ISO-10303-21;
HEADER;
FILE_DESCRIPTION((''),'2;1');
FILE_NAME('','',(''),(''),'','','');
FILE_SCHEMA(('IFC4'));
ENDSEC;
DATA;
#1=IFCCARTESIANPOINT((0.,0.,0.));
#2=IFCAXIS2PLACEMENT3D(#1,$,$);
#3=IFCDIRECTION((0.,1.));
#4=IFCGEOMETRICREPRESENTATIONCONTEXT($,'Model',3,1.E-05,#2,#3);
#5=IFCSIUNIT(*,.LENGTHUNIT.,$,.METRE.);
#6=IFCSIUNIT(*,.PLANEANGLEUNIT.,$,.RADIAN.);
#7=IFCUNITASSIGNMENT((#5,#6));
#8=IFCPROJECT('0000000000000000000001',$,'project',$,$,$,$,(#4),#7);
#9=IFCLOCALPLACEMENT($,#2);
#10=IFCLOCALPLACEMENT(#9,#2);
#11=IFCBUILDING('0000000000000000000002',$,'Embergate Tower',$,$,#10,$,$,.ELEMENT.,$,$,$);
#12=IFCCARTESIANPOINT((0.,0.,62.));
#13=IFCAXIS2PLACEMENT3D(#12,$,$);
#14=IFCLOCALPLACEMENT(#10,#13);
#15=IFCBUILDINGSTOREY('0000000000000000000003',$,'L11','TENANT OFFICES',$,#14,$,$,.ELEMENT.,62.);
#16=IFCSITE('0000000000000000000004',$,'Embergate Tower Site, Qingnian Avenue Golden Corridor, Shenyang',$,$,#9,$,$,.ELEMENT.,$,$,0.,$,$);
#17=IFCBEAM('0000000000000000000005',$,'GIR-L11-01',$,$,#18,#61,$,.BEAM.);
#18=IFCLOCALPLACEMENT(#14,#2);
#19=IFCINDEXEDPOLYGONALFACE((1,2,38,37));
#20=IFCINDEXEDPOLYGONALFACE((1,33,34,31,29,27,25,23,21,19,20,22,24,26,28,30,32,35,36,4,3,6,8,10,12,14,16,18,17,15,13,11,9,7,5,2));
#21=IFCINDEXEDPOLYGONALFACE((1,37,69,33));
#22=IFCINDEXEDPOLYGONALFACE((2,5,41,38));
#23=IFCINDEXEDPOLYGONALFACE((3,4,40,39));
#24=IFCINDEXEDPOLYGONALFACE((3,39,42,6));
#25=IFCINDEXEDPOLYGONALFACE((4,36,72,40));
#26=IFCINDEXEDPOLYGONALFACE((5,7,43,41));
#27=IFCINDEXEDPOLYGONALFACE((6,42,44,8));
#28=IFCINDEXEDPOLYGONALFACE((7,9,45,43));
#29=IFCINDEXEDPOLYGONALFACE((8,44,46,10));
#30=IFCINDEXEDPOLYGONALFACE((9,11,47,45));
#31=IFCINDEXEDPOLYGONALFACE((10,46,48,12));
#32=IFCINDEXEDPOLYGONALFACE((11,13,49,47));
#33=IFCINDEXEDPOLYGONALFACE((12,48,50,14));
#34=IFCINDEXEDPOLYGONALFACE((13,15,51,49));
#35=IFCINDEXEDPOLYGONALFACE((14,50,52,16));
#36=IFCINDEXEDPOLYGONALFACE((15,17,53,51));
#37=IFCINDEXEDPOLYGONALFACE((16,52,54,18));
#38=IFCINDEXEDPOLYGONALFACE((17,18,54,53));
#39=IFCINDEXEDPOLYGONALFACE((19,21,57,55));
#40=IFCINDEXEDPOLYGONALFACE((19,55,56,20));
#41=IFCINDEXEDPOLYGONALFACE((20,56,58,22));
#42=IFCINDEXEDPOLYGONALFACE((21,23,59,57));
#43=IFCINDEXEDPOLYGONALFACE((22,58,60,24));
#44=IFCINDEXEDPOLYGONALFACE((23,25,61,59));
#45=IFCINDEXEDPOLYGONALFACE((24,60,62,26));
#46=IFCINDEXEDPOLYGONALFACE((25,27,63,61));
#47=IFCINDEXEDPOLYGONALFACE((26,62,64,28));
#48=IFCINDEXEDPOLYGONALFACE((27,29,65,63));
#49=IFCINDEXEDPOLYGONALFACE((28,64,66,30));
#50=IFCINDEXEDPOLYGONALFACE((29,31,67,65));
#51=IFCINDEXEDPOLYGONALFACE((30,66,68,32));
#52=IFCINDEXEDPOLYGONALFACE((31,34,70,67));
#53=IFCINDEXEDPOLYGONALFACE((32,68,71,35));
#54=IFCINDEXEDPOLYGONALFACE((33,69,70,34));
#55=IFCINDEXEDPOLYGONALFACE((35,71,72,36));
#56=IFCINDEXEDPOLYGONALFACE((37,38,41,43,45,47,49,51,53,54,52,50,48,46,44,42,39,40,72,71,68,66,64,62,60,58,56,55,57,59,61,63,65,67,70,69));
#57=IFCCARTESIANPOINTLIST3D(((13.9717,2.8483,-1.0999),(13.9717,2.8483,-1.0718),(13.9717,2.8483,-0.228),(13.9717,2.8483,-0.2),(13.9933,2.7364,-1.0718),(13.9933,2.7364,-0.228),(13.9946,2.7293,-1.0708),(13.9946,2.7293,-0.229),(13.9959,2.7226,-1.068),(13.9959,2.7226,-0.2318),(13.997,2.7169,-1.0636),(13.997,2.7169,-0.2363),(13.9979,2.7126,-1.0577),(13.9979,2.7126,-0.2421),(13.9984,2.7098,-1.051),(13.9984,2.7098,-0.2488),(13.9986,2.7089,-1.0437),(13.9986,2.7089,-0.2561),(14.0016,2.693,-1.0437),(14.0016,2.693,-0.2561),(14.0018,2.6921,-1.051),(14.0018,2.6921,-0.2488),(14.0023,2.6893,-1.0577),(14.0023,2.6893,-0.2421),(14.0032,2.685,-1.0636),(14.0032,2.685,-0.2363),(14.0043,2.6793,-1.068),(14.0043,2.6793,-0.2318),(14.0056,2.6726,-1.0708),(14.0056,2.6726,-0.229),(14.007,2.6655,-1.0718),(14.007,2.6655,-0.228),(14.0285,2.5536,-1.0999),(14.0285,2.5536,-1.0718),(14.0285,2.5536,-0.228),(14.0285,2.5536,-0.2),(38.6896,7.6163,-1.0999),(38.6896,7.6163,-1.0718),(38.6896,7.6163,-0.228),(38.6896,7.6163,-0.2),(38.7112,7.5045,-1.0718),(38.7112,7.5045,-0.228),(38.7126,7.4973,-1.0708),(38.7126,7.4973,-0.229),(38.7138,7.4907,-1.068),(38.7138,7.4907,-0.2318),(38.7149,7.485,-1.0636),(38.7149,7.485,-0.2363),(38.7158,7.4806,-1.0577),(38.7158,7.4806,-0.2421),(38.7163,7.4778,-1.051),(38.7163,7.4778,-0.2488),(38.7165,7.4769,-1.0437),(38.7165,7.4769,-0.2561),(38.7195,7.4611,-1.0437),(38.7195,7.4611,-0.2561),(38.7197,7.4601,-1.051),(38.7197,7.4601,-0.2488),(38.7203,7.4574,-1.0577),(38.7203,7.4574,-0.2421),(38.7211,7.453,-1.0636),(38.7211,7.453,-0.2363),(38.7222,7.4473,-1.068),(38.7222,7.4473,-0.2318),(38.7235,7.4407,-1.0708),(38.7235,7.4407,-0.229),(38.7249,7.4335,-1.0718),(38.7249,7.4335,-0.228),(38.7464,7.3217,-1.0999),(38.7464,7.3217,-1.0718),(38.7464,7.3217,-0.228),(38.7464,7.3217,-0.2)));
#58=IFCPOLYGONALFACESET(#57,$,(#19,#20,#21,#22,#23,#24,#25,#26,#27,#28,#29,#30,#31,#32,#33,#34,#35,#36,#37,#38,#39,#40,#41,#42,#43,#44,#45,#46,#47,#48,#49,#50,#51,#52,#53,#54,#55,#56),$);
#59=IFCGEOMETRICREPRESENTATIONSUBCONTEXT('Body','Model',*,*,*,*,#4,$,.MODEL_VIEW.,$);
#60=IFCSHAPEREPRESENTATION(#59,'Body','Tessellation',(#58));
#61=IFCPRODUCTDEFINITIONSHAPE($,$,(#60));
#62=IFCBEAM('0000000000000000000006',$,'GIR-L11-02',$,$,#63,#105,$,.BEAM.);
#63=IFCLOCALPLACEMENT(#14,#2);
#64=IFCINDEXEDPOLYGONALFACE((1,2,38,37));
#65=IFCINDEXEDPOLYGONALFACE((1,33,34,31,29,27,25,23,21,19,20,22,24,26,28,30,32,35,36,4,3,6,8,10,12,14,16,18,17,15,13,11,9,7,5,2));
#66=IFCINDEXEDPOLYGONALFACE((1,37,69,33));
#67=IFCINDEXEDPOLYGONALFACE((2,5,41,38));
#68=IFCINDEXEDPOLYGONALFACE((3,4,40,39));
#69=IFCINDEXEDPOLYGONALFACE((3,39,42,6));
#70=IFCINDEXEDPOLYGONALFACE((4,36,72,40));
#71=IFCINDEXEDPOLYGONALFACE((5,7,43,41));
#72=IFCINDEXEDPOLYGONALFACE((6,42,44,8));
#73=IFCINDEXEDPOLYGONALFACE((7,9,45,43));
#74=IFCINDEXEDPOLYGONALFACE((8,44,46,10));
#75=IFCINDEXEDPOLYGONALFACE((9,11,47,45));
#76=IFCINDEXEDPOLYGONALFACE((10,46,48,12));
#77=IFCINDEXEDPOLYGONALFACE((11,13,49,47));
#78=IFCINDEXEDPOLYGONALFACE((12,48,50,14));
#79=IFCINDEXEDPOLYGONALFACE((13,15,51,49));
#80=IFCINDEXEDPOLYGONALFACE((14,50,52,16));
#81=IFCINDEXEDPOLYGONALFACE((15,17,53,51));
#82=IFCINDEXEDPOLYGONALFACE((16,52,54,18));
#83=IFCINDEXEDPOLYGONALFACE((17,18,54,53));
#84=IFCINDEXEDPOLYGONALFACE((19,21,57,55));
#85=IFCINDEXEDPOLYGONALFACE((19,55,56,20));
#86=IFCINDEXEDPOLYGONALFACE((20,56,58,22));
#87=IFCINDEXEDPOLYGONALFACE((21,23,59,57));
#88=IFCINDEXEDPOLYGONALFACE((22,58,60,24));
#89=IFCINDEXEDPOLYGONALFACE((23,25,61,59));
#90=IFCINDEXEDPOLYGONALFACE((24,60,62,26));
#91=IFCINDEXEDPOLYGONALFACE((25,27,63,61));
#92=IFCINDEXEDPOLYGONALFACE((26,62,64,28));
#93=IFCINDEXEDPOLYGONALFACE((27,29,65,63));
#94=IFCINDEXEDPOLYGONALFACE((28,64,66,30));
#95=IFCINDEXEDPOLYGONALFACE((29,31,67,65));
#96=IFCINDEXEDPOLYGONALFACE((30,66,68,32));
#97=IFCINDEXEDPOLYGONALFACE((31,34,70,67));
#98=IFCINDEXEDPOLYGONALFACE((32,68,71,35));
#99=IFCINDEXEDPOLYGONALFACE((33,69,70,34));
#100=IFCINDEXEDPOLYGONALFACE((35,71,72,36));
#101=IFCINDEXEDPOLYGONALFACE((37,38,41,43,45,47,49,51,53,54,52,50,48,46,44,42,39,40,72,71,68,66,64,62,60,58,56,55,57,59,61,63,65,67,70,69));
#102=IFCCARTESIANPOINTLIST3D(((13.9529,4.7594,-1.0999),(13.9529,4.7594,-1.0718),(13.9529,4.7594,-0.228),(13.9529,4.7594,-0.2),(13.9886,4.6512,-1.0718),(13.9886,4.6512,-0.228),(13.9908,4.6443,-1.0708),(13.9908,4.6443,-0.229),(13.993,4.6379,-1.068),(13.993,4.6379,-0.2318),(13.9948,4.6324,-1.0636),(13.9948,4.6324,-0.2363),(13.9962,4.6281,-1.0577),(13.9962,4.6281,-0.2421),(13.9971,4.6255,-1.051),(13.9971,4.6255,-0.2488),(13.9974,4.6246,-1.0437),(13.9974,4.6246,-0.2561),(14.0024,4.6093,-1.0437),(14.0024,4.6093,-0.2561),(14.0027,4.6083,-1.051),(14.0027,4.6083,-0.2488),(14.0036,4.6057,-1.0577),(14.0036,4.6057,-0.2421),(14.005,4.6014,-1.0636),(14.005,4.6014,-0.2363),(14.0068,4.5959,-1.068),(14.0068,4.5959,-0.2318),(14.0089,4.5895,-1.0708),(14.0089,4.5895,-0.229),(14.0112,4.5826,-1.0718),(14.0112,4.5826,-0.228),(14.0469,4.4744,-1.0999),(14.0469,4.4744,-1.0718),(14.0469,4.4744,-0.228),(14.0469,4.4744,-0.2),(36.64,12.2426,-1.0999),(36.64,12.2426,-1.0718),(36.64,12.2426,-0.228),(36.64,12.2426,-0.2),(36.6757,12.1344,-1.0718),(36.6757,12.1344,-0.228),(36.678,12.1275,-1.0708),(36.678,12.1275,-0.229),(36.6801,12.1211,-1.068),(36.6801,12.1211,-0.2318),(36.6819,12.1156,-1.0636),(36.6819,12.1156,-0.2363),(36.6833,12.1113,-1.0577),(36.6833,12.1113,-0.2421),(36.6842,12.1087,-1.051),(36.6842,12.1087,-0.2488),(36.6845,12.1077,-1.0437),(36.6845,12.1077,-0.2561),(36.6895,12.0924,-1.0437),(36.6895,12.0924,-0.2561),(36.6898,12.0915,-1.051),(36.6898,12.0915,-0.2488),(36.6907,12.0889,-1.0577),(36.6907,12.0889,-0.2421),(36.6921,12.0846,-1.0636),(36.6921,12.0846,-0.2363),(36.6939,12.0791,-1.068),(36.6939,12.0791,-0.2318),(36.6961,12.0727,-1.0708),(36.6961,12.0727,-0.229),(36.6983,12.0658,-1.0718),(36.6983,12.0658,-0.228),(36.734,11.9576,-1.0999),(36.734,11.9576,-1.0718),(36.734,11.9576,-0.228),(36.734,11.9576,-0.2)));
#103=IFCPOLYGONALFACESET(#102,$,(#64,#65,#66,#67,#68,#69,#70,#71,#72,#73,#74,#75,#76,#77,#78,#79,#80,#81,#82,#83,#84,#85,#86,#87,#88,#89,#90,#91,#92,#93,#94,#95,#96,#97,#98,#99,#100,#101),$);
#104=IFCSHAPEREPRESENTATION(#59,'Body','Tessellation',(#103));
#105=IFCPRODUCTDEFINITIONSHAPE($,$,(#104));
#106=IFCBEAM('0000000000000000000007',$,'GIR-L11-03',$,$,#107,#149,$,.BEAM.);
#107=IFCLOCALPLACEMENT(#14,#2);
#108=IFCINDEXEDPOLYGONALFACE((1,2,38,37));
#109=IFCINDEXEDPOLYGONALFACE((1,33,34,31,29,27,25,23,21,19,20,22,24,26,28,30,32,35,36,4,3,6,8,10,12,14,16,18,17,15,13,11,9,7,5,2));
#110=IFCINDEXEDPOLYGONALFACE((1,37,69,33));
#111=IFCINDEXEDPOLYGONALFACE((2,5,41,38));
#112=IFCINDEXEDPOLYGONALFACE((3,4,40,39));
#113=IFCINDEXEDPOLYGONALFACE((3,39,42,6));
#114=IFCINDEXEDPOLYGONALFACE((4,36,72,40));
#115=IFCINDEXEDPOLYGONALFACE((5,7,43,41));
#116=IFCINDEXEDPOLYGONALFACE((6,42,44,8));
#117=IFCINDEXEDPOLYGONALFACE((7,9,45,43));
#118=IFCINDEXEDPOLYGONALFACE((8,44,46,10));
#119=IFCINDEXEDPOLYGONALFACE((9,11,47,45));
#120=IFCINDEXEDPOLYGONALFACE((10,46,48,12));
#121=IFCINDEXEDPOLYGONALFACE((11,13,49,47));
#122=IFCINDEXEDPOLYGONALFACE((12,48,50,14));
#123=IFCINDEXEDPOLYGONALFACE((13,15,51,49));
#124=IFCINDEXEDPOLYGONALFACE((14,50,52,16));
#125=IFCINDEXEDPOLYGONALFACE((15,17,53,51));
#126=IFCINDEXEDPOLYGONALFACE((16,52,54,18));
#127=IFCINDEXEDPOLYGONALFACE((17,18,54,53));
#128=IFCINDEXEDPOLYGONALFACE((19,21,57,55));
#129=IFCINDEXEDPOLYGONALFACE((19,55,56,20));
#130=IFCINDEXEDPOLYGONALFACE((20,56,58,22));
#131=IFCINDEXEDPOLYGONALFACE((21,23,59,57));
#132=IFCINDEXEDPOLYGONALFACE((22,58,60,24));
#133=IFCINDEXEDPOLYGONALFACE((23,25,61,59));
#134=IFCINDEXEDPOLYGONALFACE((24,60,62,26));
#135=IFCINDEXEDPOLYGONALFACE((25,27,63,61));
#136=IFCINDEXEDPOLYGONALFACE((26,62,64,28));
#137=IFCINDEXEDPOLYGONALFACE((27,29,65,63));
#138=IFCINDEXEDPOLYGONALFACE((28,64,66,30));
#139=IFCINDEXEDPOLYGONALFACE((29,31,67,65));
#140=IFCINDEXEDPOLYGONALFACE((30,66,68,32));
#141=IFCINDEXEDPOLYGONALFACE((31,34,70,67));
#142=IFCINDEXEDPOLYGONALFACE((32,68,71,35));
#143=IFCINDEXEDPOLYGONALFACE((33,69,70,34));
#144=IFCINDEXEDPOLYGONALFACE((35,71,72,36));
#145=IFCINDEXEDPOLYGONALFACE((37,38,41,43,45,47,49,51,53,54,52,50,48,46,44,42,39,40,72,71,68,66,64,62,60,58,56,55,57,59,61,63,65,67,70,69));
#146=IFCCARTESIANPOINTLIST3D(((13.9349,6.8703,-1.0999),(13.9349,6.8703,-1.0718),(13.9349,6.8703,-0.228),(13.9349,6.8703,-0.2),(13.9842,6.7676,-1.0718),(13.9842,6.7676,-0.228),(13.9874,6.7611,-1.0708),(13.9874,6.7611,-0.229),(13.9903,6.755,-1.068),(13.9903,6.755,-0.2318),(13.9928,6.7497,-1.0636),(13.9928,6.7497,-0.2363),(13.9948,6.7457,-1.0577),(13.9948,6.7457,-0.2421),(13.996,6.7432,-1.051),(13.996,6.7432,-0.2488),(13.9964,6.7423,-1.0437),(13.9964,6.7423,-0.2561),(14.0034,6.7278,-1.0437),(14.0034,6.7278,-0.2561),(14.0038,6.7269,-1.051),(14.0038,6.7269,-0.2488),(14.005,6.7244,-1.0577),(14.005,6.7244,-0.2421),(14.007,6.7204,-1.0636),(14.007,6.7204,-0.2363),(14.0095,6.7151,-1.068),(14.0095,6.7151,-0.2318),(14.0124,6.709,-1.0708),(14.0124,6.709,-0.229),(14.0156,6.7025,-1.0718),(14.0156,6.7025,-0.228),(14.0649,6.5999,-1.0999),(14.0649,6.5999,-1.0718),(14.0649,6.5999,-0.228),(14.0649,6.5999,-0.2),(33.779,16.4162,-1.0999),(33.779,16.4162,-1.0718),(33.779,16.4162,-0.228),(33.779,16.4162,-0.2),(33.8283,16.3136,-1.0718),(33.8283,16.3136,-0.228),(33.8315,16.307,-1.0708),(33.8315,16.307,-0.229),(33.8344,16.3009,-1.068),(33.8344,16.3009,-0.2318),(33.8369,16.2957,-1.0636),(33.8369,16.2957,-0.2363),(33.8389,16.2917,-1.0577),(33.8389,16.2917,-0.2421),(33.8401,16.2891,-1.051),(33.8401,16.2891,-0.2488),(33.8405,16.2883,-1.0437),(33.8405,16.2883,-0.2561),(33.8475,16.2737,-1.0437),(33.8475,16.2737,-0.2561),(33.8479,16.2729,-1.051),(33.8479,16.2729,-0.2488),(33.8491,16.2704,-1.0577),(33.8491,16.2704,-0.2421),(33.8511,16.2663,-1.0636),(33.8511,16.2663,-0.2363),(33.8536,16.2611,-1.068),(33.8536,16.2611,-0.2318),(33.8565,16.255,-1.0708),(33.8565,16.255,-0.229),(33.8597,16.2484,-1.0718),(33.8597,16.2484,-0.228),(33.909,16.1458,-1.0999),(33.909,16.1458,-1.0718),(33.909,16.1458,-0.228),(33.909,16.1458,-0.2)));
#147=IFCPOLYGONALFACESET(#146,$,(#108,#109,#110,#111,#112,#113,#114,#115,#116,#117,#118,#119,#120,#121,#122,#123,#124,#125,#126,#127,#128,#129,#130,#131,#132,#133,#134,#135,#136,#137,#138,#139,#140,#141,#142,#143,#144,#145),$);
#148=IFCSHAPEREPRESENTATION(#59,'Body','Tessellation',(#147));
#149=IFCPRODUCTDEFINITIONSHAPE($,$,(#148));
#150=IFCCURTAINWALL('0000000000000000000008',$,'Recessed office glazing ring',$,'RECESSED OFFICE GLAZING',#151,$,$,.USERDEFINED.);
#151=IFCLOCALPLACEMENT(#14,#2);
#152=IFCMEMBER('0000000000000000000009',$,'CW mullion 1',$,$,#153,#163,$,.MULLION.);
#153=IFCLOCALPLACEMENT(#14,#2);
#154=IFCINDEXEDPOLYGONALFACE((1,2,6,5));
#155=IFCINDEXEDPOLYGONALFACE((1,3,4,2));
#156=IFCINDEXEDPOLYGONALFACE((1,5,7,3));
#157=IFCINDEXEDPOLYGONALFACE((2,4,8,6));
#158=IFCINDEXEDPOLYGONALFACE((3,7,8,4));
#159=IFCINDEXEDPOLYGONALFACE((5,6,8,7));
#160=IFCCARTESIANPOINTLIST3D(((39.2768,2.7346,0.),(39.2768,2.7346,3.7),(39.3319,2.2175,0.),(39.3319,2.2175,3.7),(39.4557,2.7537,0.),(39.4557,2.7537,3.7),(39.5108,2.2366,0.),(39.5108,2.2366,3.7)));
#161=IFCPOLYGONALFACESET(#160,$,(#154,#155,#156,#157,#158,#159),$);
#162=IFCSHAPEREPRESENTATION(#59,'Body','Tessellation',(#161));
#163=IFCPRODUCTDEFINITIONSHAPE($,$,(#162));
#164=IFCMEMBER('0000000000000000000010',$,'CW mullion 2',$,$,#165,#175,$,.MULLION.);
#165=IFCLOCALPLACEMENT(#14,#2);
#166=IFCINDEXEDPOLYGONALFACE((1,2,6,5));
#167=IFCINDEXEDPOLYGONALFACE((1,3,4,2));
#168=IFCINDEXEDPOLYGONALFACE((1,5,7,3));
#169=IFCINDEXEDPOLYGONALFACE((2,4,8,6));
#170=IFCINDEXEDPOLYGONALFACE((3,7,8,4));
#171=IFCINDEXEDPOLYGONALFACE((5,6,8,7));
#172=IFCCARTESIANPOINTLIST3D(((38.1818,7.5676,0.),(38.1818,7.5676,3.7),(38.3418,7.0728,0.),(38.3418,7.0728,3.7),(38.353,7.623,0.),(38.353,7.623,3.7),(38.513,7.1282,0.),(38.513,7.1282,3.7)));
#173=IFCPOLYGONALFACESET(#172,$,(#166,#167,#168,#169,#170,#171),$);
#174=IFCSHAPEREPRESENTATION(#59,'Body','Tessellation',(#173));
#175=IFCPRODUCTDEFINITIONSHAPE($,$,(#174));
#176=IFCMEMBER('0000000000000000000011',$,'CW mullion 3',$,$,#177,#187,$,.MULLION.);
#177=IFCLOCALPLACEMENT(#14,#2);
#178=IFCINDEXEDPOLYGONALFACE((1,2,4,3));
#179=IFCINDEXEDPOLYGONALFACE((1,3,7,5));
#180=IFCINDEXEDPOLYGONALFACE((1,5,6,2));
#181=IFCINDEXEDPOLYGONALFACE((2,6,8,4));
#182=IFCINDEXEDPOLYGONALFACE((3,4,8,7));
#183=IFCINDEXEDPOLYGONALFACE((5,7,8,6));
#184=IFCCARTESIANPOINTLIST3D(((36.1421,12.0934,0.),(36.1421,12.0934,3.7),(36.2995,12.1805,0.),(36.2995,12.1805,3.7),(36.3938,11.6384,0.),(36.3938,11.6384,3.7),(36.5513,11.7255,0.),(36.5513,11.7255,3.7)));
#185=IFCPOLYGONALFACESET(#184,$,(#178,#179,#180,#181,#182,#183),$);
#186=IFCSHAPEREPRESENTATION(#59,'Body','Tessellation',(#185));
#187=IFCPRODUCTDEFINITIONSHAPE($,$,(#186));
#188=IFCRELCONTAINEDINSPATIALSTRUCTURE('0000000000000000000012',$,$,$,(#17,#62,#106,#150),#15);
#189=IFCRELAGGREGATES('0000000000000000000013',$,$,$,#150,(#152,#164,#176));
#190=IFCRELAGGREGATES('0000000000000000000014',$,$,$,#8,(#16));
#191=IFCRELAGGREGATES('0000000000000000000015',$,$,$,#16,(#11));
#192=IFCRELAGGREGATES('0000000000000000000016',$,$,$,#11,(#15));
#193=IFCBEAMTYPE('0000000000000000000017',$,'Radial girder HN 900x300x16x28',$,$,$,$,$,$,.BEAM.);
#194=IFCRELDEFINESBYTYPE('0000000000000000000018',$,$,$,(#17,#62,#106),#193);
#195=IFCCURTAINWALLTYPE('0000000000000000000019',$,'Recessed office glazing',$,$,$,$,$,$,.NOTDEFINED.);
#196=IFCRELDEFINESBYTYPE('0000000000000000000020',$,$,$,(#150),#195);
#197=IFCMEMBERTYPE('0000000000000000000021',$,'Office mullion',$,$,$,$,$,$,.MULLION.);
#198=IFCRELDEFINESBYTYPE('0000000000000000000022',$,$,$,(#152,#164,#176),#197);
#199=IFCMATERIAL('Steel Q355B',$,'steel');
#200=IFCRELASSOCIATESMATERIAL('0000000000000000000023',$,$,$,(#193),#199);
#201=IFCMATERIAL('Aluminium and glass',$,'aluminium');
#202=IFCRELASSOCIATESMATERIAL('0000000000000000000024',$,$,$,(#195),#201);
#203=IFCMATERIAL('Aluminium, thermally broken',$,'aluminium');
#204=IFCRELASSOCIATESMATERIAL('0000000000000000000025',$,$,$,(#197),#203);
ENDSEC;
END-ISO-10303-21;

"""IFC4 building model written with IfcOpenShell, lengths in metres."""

from ifc_helpers import new_model, si_unit, direction, frame, origin, origin_2d, place, context, subcontext, project, spatial, rectangle, i_section, extrude, source, transform, mapped, material, material_profile, profile_set, type_object, element, aggregate, save


model = new_model("IFC4")

# Units and contexts
model_context = context("Model", 3, precision=1e-05, world=origin(), true_north=direction((0.0, 1.0)))
body_context = subcontext(model_context, "Body", "Model", "MODEL_VIEW")
ifc_project = project(units=[si_unit("LENGTHUNIT", "METRE"), si_unit("PLANEANGLEUNIT", "RADIAN")], contexts=[model_context])

# Site, building, storey
site_placement = place(None, origin())
site = spatial("IfcSite", under=ifc_project, at=site_placement, Name="Embergate Tower Site, Qingnian Avenue Golden Corridor, Shenyang", CompositionType="ELEMENT", RefElevation=0.0)
building_placement = place(site_placement, origin())
building = spatial("IfcBuilding", under=site, at=building_placement, Name="Embergate Tower", CompositionType="ELEMENT")
storey_placement = place(building_placement, frame((0.0, 0.0, 62.0)))
storey = spatial("IfcBuildingStorey", under=building, at=storey_placement, Name="L11", Description="TENANT OFFICES", CompositionType="ELEMENT", Elevation=62.0)

# Beams
ifc_material_1 = material(Name="Steel Q355B", Category="steel")
ifc_material_profile_1 = material_profile(ifc_material_1, i_section(OverallWidth=0.3, OverallDepth=0.8999, WebThickness=0.0161, FlangeThickness=0.0281, FilletRadius=0.0281, at=origin_2d()), Name="HN 900x300x16x28")
ifc_profile_set_1 = profile_set([ifc_material_profile_1], Name="Steel Q355 grade B")
beam_type_1 = type_object("IfcBeamType", Name="Radial girder HN 900x300x16x28", PredefinedType="BEAM", material=ifc_profile_set_1)
shared_shape_1 = source(origin(), body_context, "Body", "SweptSolid", [
    extrude(i_section(OverallWidth=0.3, OverallDepth=0.8999, WebThickness=0.0161, FlangeThickness=0.0281, FilletRadius=0.0281, at=origin_2d()), origin(), (0.0, 0.0, 1.0), 25.1736),
])
beam_1_placement = place(storey_placement, frame((38.718, 7.469, -0.6499), z_axis=(-0.981899, -0.189407, 0.0), x_axis=(0.189407, -0.981899, 0.0)))
element("IfcBeam", 1, at=beam_1_placement, inside=storey, type_object=beam_type_1, Name="GIR-L11-01", PredefinedType="BEAM", context=body_context, shape_type="MappedRepresentation", body=[
    mapped(shared_shape_1, transform((0.0, 0.0, 0.0))),
])
shared_shape_2 = source(origin(), body_context, "Body", "SweptSolid", [
    extrude(i_section(OverallWidth=0.3, OverallDepth=0.8999, WebThickness=0.0161, FlangeThickness=0.0281, FilletRadius=0.0281, at=origin_2d()), origin(), (0.0, 0.0, 1.0), 23.8894),
])
beam_2_placement = place(storey_placement, frame((36.687, 12.1001, -0.6499), z_axis=(-0.949673, -0.313243, 0.0), x_axis=(0.313243, -0.949673, 0.0)))
element("IfcBeam", 2, at=beam_2_placement, inside=storey, type_object=beam_type_1, Name="GIR-L11-02", PredefinedType="BEAM", context=body_context, shape_type="MappedRepresentation", body=[
    mapped(shared_shape_2, transform((0.0, 0.0, 0.0))),
])
shared_shape_3 = source(origin(), body_context, "Body", "SweptSolid", [
    extrude(i_section(OverallWidth=0.3, OverallDepth=0.8999, WebThickness=0.0161, FlangeThickness=0.0281, FilletRadius=0.0281, at=origin_2d()), origin(), (0.0, 0.0, 1.0), 22.0208),
])
beam_3_placement = place(storey_placement, frame((33.844, 16.281, -0.6499), z_axis=(-0.901155, -0.433498, 0.0), x_axis=(0.433498, -0.901155, 0.0)))
element("IfcBeam", 3, at=beam_3_placement, inside=storey, type_object=beam_type_1, Name="GIR-L11-03", PredefinedType="BEAM", context=body_context, shape_type="MappedRepresentation", body=[
    mapped(shared_shape_3, transform((0.0, 0.0, 0.0))),
])

# Curtain wall, members
ifc_material_2 = material(Name="Aluminium and glass", Category="aluminium")
curtain_wall_type = type_object("IfcCurtainWallType", Name="Recessed office glazing", PredefinedType="NOTDEFINED", material=ifc_material_2)
curtain_wall_placement = place(storey_placement, origin())
curtain_wall = element("IfcCurtainWall", 4, at=curtain_wall_placement, inside=storey, type_object=curtain_wall_type, Name="Recessed office glazing ring", ObjectType="RECESSED OFFICE GLAZING", PredefinedType="USERDEFINED")
ifc_material_3 = material(Name="Aluminium, thermally broken", Category="aluminium")
ifc_material_profile_2 = material_profile(ifc_material_3, rectangle(XDim=0.1799, YDim=0.52, at=origin_2d()), Name="AL 520x180")
ifc_profile_set_2 = profile_set([ifc_material_profile_2], Name="Aluminium, thermally broken")
member_type_1 = type_object("IfcMemberType", Name="Office mullion", PredefinedType="MULLION", material=ifc_profile_set_2)
shared_shape_4 = source(origin(), body_context, "Body", "SweptSolid", [
    extrude(rectangle(XDim=0.1799, YDim=0.52, at=origin_2d()), origin(), (0.0, 0.0, 1.0), 3.7),
])
member_1_placement = place(storey_placement, frame((39.3938, 2.4856, 0.0), z_axis=(0.0, 0.0, 1.0), x_axis=(-0.994386, -0.105818, 0.0)))
member_1 = element("IfcMember", 5, at=member_1_placement, type_object=member_type_1, Name="CW mullion 1", PredefinedType="MULLION", context=body_context, shape_type="MappedRepresentation", body=[
    mapped(shared_shape_4, transform((0.0, 0.0, 0.0))),
])
member_2_placement = place(storey_placement, frame((38.3474, 7.3479, 0.0), z_axis=(0.0, 0.0, 1.0), x_axis=(-0.951502, -0.307642, 0.0)))
member_2 = element("IfcMember", 6, at=member_2_placement, type_object=member_type_1, Name="CW mullion 2", PredefinedType="MULLION", context=body_context, shape_type="MappedRepresentation", body=[
    mapped(shared_shape_4, transform((0.0, 0.0, 0.0))),
])
member_3_placement = place(storey_placement, frame((36.3467, 11.9094, 0.0), z_axis=(0.0, 0.0, 1.0), x_axis=(-0.87501, -0.484104, 0.0)))
member_3 = element("IfcMember", 7, at=member_3_placement, type_object=member_type_1, Name="CW mullion 3", PredefinedType="MULLION", context=body_context, shape_type="MappedRepresentation", body=[
    mapped(shared_shape_4, transform((0.0, 0.0, 0.0))),
])
aggregate(curtain_wall, [member_1, member_2, member_3])

save(model, "model.ifc")
